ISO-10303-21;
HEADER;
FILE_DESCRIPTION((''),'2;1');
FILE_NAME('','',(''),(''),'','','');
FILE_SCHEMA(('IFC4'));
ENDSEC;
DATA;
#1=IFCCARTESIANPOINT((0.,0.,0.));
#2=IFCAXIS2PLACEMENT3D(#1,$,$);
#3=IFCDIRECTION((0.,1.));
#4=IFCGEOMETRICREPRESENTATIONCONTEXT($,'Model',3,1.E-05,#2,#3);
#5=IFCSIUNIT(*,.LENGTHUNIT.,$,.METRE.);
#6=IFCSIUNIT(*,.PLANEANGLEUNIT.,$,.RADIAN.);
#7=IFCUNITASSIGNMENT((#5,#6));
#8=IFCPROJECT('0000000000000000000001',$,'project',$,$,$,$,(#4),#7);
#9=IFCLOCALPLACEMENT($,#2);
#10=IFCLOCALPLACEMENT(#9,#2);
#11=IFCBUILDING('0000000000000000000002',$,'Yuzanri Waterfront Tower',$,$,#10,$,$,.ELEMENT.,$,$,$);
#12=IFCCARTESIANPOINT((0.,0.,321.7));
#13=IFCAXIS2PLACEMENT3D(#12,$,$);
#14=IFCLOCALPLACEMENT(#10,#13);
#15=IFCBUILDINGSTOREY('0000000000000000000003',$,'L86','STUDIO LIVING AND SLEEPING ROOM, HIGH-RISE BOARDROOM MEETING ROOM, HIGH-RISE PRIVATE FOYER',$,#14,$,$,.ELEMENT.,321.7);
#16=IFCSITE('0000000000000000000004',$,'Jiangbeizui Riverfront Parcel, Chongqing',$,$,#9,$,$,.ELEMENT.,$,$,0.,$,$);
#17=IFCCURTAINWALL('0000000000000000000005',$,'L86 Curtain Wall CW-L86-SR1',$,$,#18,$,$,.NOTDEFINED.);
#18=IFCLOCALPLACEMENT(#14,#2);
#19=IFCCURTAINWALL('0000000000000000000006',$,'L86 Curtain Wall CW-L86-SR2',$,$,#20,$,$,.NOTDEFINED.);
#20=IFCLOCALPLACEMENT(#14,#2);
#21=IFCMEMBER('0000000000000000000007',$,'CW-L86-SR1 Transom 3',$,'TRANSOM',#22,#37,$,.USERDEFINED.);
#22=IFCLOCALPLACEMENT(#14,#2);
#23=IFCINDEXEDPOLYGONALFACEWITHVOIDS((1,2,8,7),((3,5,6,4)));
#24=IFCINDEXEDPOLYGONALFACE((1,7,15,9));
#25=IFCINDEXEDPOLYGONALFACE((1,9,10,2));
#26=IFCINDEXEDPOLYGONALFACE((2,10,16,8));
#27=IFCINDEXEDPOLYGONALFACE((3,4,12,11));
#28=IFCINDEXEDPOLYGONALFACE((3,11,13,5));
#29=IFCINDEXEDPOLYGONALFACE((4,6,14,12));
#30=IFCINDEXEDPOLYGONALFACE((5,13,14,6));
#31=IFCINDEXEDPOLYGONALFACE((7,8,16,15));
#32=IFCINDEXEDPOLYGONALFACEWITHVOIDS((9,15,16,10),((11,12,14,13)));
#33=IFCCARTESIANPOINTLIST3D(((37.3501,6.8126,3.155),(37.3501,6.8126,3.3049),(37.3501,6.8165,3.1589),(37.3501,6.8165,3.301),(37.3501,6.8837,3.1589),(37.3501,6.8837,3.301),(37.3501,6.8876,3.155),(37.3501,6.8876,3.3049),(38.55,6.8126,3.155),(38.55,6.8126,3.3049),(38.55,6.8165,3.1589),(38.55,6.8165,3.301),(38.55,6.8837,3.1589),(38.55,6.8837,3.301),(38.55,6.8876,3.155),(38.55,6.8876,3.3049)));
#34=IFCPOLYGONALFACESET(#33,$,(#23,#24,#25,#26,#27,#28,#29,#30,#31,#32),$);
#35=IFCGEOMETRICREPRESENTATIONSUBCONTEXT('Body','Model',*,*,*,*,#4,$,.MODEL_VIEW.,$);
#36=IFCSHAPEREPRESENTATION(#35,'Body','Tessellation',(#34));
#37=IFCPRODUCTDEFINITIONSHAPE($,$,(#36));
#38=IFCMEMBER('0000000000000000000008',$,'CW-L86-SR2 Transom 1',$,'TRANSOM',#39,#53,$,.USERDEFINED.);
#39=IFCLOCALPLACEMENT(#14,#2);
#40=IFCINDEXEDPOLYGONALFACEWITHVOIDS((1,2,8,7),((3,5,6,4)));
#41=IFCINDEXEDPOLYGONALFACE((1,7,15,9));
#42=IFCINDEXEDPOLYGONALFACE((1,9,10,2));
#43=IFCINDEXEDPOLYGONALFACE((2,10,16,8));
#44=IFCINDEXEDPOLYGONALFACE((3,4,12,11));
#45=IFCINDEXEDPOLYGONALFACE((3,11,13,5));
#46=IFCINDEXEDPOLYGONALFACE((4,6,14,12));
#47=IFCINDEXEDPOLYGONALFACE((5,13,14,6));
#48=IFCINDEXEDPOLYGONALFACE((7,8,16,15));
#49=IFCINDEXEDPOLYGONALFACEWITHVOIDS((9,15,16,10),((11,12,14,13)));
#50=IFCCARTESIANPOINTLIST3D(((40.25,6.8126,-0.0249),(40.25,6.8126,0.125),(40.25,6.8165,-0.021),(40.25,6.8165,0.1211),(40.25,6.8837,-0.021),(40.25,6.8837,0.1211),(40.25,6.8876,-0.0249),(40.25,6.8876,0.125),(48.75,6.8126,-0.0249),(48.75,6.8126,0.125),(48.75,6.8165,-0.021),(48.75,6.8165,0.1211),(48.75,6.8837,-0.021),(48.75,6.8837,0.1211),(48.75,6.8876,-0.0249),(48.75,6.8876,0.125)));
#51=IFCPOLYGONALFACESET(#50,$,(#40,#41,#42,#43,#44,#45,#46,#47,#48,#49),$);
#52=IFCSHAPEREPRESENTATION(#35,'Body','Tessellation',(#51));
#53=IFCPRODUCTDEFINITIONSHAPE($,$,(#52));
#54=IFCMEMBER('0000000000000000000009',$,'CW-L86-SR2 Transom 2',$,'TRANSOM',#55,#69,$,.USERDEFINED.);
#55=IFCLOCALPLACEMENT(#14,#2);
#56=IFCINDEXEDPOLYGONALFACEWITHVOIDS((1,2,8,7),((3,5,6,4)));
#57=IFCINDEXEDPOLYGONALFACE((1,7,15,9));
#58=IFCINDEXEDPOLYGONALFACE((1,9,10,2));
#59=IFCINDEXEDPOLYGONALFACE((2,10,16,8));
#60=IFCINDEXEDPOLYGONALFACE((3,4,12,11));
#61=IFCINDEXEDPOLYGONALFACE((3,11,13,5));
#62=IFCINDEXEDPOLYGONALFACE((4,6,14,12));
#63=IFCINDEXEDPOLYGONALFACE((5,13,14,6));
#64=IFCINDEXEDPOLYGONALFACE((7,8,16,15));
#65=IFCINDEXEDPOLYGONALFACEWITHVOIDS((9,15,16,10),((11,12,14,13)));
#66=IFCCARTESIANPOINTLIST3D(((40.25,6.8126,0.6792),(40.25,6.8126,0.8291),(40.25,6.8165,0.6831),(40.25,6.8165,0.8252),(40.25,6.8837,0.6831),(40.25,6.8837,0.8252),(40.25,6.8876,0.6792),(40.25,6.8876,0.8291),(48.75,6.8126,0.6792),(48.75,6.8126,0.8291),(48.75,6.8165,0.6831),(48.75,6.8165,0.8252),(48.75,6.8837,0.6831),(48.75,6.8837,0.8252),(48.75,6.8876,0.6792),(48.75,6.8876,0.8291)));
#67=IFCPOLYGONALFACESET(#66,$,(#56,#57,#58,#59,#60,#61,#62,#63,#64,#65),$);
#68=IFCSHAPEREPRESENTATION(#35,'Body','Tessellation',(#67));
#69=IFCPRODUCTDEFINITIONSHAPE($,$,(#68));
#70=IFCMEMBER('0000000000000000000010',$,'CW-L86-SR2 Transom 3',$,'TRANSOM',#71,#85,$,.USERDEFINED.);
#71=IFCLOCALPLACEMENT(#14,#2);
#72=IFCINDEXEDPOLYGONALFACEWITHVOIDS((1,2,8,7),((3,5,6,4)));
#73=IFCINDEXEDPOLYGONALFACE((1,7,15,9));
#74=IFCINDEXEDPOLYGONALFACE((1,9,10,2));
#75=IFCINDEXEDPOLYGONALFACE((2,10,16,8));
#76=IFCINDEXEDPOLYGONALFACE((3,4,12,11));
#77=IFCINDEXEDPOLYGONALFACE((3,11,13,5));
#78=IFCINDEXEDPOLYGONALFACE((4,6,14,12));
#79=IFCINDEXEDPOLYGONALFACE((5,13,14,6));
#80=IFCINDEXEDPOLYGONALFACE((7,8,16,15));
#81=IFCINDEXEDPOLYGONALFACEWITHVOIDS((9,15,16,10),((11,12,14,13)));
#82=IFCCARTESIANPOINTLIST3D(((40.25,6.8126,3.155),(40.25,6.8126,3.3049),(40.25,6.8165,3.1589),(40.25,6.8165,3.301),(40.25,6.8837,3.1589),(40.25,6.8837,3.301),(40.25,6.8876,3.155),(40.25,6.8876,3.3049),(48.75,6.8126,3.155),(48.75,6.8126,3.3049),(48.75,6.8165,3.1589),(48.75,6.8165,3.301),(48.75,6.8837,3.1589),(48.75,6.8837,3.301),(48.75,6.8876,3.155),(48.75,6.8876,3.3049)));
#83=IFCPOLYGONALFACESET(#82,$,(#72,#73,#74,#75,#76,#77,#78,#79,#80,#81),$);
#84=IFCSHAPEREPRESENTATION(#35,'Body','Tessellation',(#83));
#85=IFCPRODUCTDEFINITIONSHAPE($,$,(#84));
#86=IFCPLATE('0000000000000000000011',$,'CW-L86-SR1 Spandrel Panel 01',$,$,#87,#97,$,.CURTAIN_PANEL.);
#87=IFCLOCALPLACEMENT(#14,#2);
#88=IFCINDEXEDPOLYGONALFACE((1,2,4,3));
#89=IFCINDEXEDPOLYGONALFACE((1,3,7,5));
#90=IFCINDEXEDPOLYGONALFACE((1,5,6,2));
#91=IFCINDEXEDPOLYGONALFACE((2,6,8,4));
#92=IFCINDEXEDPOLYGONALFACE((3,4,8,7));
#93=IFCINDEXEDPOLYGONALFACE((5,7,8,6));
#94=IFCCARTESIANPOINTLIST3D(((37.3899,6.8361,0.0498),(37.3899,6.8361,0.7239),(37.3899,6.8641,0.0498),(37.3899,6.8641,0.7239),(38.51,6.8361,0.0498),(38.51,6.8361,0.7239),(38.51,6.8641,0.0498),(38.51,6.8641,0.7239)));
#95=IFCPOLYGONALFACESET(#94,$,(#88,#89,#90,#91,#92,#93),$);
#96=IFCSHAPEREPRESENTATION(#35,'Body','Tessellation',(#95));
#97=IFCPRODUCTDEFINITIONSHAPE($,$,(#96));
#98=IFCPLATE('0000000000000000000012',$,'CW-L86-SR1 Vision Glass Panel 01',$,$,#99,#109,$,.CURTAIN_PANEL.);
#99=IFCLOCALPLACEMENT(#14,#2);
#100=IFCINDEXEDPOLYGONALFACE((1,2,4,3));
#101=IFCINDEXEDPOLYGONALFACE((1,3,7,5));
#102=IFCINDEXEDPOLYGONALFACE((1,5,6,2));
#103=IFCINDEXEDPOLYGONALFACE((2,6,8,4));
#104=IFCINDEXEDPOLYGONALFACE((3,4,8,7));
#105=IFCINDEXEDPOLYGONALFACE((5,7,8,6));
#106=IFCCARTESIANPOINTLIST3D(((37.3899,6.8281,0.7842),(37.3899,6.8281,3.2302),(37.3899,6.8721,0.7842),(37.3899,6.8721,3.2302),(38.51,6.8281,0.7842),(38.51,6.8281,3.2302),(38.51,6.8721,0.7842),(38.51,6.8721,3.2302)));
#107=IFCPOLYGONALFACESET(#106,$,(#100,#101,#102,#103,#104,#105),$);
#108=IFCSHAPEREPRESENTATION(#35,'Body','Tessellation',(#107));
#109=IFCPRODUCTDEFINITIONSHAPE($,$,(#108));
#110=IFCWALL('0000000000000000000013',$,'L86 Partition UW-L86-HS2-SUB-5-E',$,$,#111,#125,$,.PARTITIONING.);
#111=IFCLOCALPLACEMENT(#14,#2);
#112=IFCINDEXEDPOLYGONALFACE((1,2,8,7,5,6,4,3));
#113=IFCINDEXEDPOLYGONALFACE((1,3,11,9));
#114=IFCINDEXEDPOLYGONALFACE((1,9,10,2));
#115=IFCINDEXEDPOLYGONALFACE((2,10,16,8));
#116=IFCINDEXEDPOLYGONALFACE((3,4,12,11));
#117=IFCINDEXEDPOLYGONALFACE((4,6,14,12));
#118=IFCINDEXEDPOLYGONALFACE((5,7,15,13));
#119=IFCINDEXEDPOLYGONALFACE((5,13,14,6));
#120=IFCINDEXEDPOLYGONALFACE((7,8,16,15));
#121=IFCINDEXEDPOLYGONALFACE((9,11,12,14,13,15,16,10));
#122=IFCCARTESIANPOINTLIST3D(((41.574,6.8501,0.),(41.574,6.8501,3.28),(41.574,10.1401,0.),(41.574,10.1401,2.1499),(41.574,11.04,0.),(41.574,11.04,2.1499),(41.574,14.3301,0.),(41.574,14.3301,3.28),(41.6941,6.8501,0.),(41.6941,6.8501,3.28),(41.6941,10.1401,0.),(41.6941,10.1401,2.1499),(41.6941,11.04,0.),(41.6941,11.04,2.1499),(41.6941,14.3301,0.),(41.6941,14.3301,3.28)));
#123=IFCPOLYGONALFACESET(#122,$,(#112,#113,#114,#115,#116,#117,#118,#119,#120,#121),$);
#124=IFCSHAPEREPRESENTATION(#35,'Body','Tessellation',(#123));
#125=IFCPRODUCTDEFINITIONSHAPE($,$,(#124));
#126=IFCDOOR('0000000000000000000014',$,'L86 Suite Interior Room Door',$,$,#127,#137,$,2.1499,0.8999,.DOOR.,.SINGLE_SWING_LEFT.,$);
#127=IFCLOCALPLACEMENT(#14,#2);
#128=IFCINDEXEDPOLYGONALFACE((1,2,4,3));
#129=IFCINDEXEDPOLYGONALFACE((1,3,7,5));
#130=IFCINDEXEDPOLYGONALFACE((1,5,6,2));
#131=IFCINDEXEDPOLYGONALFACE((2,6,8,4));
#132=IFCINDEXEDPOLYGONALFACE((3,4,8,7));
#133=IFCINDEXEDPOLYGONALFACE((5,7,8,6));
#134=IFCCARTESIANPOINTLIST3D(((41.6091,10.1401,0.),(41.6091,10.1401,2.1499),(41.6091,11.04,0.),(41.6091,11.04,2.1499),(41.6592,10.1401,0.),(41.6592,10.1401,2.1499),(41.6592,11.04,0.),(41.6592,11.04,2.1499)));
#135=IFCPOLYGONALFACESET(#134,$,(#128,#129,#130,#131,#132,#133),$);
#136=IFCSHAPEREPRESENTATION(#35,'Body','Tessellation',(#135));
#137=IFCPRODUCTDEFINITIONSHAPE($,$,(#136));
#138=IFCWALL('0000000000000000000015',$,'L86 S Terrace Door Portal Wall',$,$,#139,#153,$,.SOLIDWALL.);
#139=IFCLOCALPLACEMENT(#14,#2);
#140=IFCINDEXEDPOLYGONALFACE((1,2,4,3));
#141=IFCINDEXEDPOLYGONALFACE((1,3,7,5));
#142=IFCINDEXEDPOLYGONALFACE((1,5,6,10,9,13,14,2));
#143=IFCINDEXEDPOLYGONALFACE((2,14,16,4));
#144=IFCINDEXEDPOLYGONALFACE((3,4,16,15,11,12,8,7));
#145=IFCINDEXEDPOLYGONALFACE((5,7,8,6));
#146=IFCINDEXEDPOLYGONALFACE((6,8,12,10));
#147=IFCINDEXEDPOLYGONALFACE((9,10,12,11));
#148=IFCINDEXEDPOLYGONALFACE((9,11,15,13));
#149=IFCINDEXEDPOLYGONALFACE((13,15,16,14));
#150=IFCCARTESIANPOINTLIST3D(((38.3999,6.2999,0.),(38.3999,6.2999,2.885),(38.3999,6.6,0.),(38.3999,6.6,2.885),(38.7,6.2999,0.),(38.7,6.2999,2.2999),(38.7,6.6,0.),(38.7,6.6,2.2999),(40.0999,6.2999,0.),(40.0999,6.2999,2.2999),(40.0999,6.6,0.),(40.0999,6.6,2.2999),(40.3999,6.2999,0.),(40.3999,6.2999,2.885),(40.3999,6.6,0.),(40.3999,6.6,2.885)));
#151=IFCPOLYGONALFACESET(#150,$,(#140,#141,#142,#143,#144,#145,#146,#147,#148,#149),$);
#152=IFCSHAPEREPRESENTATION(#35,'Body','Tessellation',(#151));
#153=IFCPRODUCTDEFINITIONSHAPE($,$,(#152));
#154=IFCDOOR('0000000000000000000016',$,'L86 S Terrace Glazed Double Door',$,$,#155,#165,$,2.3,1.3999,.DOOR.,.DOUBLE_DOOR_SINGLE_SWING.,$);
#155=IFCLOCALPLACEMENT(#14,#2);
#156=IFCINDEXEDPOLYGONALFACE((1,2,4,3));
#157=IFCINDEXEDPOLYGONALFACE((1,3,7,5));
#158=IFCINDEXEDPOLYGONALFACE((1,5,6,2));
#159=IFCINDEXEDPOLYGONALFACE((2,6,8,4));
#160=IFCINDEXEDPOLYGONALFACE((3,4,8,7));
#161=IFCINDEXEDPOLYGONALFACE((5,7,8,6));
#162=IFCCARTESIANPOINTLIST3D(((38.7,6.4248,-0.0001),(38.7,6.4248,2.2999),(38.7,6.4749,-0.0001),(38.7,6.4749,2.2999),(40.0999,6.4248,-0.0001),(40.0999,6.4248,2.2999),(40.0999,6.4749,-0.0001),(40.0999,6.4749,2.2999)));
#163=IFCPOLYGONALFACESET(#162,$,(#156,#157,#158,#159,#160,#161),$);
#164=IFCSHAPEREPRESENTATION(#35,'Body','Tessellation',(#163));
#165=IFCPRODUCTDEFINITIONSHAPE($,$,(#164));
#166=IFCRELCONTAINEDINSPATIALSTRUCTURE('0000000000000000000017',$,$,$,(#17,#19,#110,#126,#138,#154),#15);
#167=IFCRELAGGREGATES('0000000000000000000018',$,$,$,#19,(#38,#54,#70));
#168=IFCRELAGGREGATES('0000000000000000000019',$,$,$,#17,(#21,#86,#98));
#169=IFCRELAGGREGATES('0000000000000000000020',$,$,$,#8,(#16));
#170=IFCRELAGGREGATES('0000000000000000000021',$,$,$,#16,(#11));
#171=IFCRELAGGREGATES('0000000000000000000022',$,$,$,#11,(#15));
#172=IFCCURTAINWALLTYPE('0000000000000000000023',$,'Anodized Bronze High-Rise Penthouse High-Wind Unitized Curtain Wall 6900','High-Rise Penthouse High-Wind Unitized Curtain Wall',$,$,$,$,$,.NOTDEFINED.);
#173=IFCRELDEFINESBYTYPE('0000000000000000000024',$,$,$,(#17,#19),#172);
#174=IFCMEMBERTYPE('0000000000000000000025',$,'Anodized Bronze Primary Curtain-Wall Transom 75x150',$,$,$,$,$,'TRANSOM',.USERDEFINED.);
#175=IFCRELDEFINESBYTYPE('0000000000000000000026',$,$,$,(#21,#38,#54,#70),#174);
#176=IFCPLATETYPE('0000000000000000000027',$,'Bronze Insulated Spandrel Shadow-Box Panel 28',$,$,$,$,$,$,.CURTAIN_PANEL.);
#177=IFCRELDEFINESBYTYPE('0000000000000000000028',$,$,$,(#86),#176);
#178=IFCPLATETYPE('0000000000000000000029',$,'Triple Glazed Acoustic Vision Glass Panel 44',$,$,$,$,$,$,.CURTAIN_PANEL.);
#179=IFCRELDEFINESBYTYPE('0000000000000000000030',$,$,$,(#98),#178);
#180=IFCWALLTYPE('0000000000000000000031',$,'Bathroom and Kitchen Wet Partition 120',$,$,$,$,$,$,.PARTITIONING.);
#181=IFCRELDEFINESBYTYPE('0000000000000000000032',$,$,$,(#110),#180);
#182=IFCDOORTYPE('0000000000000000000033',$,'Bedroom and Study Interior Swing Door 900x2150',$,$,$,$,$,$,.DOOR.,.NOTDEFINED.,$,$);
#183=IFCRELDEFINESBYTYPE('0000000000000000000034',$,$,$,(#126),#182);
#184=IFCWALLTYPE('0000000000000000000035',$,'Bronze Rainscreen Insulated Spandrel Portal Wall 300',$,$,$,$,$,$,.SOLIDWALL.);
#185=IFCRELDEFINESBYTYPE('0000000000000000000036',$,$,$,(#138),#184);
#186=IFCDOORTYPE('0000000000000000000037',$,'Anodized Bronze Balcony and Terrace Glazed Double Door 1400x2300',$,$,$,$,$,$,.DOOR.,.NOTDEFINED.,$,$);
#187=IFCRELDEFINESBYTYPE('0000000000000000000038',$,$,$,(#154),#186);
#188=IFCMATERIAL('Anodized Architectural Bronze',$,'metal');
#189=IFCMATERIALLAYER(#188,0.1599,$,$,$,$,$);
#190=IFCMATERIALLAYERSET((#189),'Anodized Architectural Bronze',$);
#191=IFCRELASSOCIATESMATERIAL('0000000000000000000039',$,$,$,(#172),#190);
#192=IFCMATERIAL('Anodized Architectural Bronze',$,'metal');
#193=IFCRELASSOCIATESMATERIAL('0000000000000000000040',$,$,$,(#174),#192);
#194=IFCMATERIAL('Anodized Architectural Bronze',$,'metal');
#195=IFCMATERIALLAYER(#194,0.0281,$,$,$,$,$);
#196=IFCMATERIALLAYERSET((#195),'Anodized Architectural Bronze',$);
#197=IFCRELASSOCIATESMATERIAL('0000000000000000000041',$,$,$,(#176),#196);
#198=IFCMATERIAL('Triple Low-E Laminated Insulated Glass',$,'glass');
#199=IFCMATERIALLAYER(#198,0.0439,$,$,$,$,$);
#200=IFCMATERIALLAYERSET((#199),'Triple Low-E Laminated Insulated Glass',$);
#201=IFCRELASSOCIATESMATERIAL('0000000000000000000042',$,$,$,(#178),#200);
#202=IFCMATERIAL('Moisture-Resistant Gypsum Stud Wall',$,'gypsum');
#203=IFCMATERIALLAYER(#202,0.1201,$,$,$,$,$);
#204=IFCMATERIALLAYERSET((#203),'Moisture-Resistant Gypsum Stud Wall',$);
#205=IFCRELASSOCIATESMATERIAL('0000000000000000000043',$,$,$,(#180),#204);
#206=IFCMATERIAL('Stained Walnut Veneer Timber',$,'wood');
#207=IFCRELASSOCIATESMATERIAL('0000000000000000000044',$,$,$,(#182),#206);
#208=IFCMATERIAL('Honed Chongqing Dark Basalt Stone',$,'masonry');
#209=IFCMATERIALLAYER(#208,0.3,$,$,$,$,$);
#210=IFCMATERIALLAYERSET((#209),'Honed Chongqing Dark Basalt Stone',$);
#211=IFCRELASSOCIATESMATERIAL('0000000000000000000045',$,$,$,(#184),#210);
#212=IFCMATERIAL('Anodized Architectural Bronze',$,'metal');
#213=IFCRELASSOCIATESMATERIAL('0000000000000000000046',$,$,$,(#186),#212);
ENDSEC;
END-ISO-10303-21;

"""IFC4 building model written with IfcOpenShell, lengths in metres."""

from ifc_helpers import new_model, si_unit, direction, frame, frame_2d, origin, origin_2d, place, context, subcontext, project, spatial, rectangle, hollow_rectangle, extrude, source, transform, mapped, material, layer, layer_set, material_profile, profile_set, type_object, element, fill, aggregate, save


model = new_model("IFC4")

# Units and contexts
model_context = context("Model", 3, precision=1e-05, world=origin(), true_north=direction((0.0, 1.0)))
body_context = subcontext(model_context, "Body", "Model", "MODEL_VIEW")
ifc_project = project(units=[si_unit("LENGTHUNIT", "METRE"), si_unit("PLANEANGLEUNIT", "RADIAN")], contexts=[model_context])

# Site, building, storey
site_placement = place(None, origin())
site = spatial("IfcSite", under=ifc_project, at=site_placement, Name="Jiangbeizui Riverfront Parcel, Chongqing", CompositionType="ELEMENT", RefElevation=0.0)
building_placement = place(site_placement, origin())
building = spatial("IfcBuilding", under=site, at=building_placement, Name="Yuzanri Waterfront Tower", CompositionType="ELEMENT")
storey_placement = place(building_placement, frame((0.0, 0.0, 321.7)))
storey = spatial("IfcBuildingStorey", under=building, at=storey_placement, Name="L86", Description="STUDIO LIVING AND SLEEPING ROOM, HIGH-RISE BOARDROOM MEETING ROOM, HIGH-RISE PRIVATE FOYER", CompositionType="ELEMENT", Elevation=321.7)

# Curtain wall
ifc_material_1 = material(Name="Anodized Architectural Bronze", Category="metal")
ifc_layer_1 = layer(ifc_material_1, 0.1599)
ifc_layer_set_1 = layer_set([ifc_layer_1], Name="Anodized Architectural Bronze")
curtain_wall_type = type_object("IfcCurtainWallType", Name="Anodized Bronze High-Rise Penthouse High-Wind Unitized Curtain Wall 6900", Description="High-Rise Penthouse High-Wind Unitized Curtain Wall", PredefinedType="NOTDEFINED", material=ifc_layer_set_1)
curtain_wall_1_placement = place(storey_placement, origin())
curtain_wall_1 = element("IfcCurtainWall", 1, at=curtain_wall_1_placement, inside=storey, type_object=curtain_wall_type, Name="L86 Curtain Wall CW-L86-SR1", PredefinedType="NOTDEFINED")

# Curtain wall
curtain_wall_2_placement = place(storey_placement, origin())
curtain_wall_2 = element("IfcCurtainWall", 2, at=curtain_wall_2_placement, inside=storey, type_object=curtain_wall_type, Name="L86 Curtain Wall CW-L86-SR2", PredefinedType="NOTDEFINED")

# Members
ifc_material_2 = material(Name="Anodized Architectural Bronze", Category="metal")
ifc_material_profile_1 = material_profile(ifc_material_2, hollow_rectangle(XDim=0.075, YDim=0.1499, WallThickness=0.0039, at=origin_2d()), Name="CWT 75x150")
ifc_profile_set_1 = profile_set([ifc_material_profile_1], Name="Anodized Architectural Bronze")
member_type_1 = type_object("IfcMemberType", Name="Anodized Bronze Primary Curtain-Wall Transom 75x150", ElementType="TRANSOM", PredefinedType="USERDEFINED", material=ifc_profile_set_1)
shared_shape_1 = source(origin(), body_context, "Body", "SweptSolid", [
    extrude(hollow_rectangle(XDim=0.075, YDim=0.1499, WallThickness=0.0039, at=origin_2d()), origin(), (0.0, 0.0, 1.0), 1.2),
])
member_1_placement = place(storey_placement, frame((37.3501, 6.8501, 3.23), z_axis=(1.0, 0.0, 0.0), x_axis=(0.0, 1.0, 0.0)))
member_1 = element("IfcMember", 3, at=member_1_placement, type_object=member_type_1, Name="CW-L86-SR1 Transom 3", ObjectType="TRANSOM", PredefinedType="USERDEFINED", context=body_context, shape_type="MappedRepresentation", body=[
    mapped(shared_shape_1, transform((0.0, 0.0, 0.0), scale=1.0)),
])
shared_shape_2 = source(origin(), body_context, "Body", "SweptSolid", [
    extrude(hollow_rectangle(XDim=0.075, YDim=0.1499, WallThickness=0.0039, at=origin_2d()), origin(), (0.0, 0.0, 1.0), 8.5),
])
member_2_placement = place(storey_placement, frame((40.25, 6.8501, 0.05), z_axis=(1.0, 0.0, 0.0), x_axis=(0.0, 1.0, 0.0)))
member_2 = element("IfcMember", 4, at=member_2_placement, type_object=member_type_1, Name="CW-L86-SR2 Transom 1", ObjectType="TRANSOM", PredefinedType="USERDEFINED", context=body_context, shape_type="MappedRepresentation", body=[
    mapped(shared_shape_2, transform((0.0, 0.0, 0.0), scale=1.0)),
])
member_3_placement = place(storey_placement, frame((40.25, 6.8501, 0.7542), z_axis=(1.0, 0.0, 0.0), x_axis=(0.0, 1.0, 0.0)))
member_3 = element("IfcMember", 5, at=member_3_placement, type_object=member_type_1, Name="CW-L86-SR2 Transom 2", ObjectType="TRANSOM", PredefinedType="USERDEFINED", context=body_context, shape_type="MappedRepresentation", body=[
    mapped(shared_shape_2, transform((0.0, 0.0, 0.0), scale=1.0)),
])
member_4_placement = place(storey_placement, frame((40.25, 6.8501, 3.23), z_axis=(1.0, 0.0, 0.0), x_axis=(0.0, 1.0, 0.0)))
member_4 = element("IfcMember", 6, at=member_4_placement, type_object=member_type_1, Name="CW-L86-SR2 Transom 3", ObjectType="TRANSOM", PredefinedType="USERDEFINED", context=body_context, shape_type="MappedRepresentation", body=[
    mapped(shared_shape_2, transform((0.0, 0.0, 0.0), scale=1.0)),
])
aggregate(curtain_wall_2, [member_2, member_3, member_4])

# Plates
ifc_material_3 = material(Name="Anodized Architectural Bronze", Category="metal")
ifc_layer_2 = layer(ifc_material_3, 0.0281)
ifc_layer_set_2 = layer_set([ifc_layer_2], Name="Anodized Architectural Bronze")
plate_type_1 = type_object("IfcPlateType", Name="Bronze Insulated Spandrel Shadow-Box Panel 28", PredefinedType="CURTAIN_PANEL", material=ifc_layer_set_2)
shared_shape_3 = source(origin(), body_context, "Body", "SweptSolid", [
    extrude(rectangle(XDim=1.1201, YDim=0.0281, at=origin_2d()), origin(), (0.0, 0.0, 1.0), 0.6741),
])
plate_1_placement = place(storey_placement, frame((37.95, 6.8501, 0.0498), z_axis=(0.0, 0.0, 1.0), x_axis=(1.0, 0.0, 0.0)))
plate_1 = element("IfcPlate", 7, at=plate_1_placement, type_object=plate_type_1, Name="CW-L86-SR1 Spandrel Panel 01", PredefinedType="CURTAIN_PANEL", context=body_context, shape_type="MappedRepresentation", body=[
    mapped(shared_shape_3, transform((0.0, 0.0, 0.0), scale=1.0)),
])
ifc_material_4 = material(Name="Triple Low-E Laminated Insulated Glass", Category="glass")
ifc_layer_3 = layer(ifc_material_4, 0.0439)
ifc_layer_set_3 = layer_set([ifc_layer_3], Name="Triple Low-E Laminated Insulated Glass")
plate_type_2 = type_object("IfcPlateType", Name="Triple Glazed Acoustic Vision Glass Panel 44", PredefinedType="CURTAIN_PANEL", material=ifc_layer_set_3)
shared_shape_4 = source(origin(), body_context, "Body", "SweptSolid", [
    extrude(rectangle(XDim=1.1201, YDim=0.0439, at=origin_2d()), origin(), (0.0, 0.0, 1.0), 2.446),
])
plate_2_placement = place(storey_placement, frame((37.95, 6.8501, 0.7842), z_axis=(0.0, 0.0, 1.0), x_axis=(1.0, 0.0, 0.0)))
plate_2 = element("IfcPlate", 8, at=plate_2_placement, type_object=plate_type_2, Name="CW-L86-SR1 Vision Glass Panel 01", PredefinedType="CURTAIN_PANEL", context=body_context, shape_type="MappedRepresentation", body=[
    mapped(shared_shape_4, transform((0.0, 0.0, 0.0), scale=1.0)),
])
aggregate(curtain_wall_1, [member_1, plate_1, plate_2])

# Walls, openings, doors
ifc_material_5 = material(Name="Moisture-Resistant Gypsum Stud Wall", Category="gypsum")
ifc_layer_4 = layer(ifc_material_5, 0.1201)
ifc_layer_set_4 = layer_set([ifc_layer_4], Name="Moisture-Resistant Gypsum Stud Wall")
wall_type_1 = type_object("IfcWallType", Name="Bathroom and Kitchen Wet Partition 120", PredefinedType="PARTITIONING", material=ifc_layer_set_4)
wall_1_placement = place(storey_placement, frame((41.634, 6.8501, 0.0), z_axis=(0.0, 0.0, 1.0), x_axis=(0.0, 1.0, 0.0)))
wall_1 = element("IfcWall", 9, at=wall_1_placement, inside=storey, type_object=wall_type_1, Name="L86 Partition UW-L86-HS2-SUB-5-E", PredefinedType="PARTITIONING", context=body_context, shape_type="SweptSolid", body=[
    extrude(rectangle(XDim=7.48, YDim=0.1201, at=frame_2d((3.74, 0.0))), origin(), (0.0, 0.0, 1.0), 3.28),
])
opening_1_placement = place(wall_1_placement, frame((3.29, 0.0, 0.0)))
opening_1 = element("IfcOpeningElement", 10, at=opening_1_placement, cuts=wall_1, PredefinedType="OPENING", context=body_context, shape_type="SweptSolid", body=[
    extrude(rectangle(XDim=0.8999, YDim=2.1499, at=frame_2d((0.45, 1.075))), frame((0.0, 0.075, 0.0), z_axis=(0.0, -1.0, 0.0), x_axis=(1.0, 0.0, 0.0)), (0.0, 0.0, 1.0), 0.1499),
])
ifc_material_6 = material(Name="Stained Walnut Veneer Timber", Category="wood")
door_type_1 = type_object("IfcDoorType", Name="Bedroom and Study Interior Swing Door 900x2150", OperationType="NOTDEFINED", PredefinedType="DOOR", material=ifc_material_6)
shared_shape_5 = source(origin(), body_context, "Body", "SweptSolid", [
    extrude(rectangle(XDim=0.8999, YDim=2.1499, at=frame_2d((0.45, 1.075))), frame((0.0, 0.0249, 0.0), z_axis=(0.0, -1.0, 0.0), x_axis=(1.0, 0.0, 0.0)), (0.0, 0.0, 1.0), 0.05),
])
door_1_placement = place(opening_1_placement, origin())
door_1 = element("IfcDoor", 11, at=door_1_placement, inside=storey, type_object=door_type_1, Name="L86 Suite Interior Room Door", OperationType="SINGLE_SWING_LEFT", OverallHeight=2.1499, OverallWidth=0.8999, PredefinedType="DOOR", context=body_context, shape_type="MappedRepresentation", body=[
    mapped(shared_shape_5, transform((0.0, 0.0, 0.0), scale=1.0)),
])
fill(opening_1, door_1)
ifc_material_7 = material(Name="Honed Chongqing Dark Basalt Stone", Category="masonry")
ifc_layer_5 = layer(ifc_material_7, 0.3)
ifc_layer_set_5 = layer_set([ifc_layer_5], Name="Honed Chongqing Dark Basalt Stone")
wall_type_2 = type_object("IfcWallType", Name="Bronze Rainscreen Insulated Spandrel Portal Wall 300", PredefinedType="SOLIDWALL", material=ifc_layer_set_5)
wall_2_placement = place(storey_placement, frame((38.3999, 6.45, 0.0), z_axis=(0.0, 0.0, 1.0), x_axis=(1.0, 0.0, 0.0)))
wall_2 = element("IfcWall", 12, at=wall_2_placement, inside=storey, type_object=wall_type_2, Name="L86 S Terrace Door Portal Wall", PredefinedType="SOLIDWALL", context=body_context, shape_type="SweptSolid", body=[
    extrude(rectangle(XDim=2.0, YDim=0.3, at=frame_2d((1.0, 0.0))), origin(), (0.0, 0.0, 1.0), 2.885),
])
opening_2_placement = place(wall_2_placement, frame((0.3, 0.0, 0.0)))
opening_2 = element("IfcOpeningElement", 13, at=opening_2_placement, cuts=wall_2, PredefinedType="OPENING", context=body_context, shape_type="SweptSolid", body=[
    extrude(rectangle(XDim=1.3999, YDim=2.3, at=frame_2d((0.7, 1.1499))), frame((0.0, 0.165, 0.0), z_axis=(0.0, -1.0, 0.0), x_axis=(1.0, 0.0, 0.0)), (0.0, 0.0, 1.0), 0.3298),
])
ifc_material_8 = material(Name="Anodized Architectural Bronze", Category="metal")
door_type_2 = type_object("IfcDoorType", Name="Anodized Bronze Balcony and Terrace Glazed Double Door 1400x2300", OperationType="NOTDEFINED", PredefinedType="DOOR", material=ifc_material_8)
shared_shape_6 = source(origin(), body_context, "Body", "SweptSolid", [
    extrude(rectangle(XDim=1.3999, YDim=2.3, at=frame_2d((0.7, 1.1499))), frame((0.0, 0.0249, 0.0), z_axis=(0.0, -1.0, 0.0), x_axis=(1.0, 0.0, 0.0)), (0.0, 0.0, 1.0), 0.05),
])
door_2_placement = place(opening_2_placement, origin())
door_2 = element("IfcDoor", 14, at=door_2_placement, inside=storey, type_object=door_type_2, Name="L86 S Terrace Glazed Double Door", OperationType="DOUBLE_DOOR_SINGLE_SWING", OverallHeight=2.3, OverallWidth=1.3999, PredefinedType="DOOR", context=body_context, shape_type="MappedRepresentation", body=[
    mapped(shared_shape_6, transform((0.0, 0.0, 0.0), scale=1.0)),
])
fill(opening_2, door_2)

save(model, "model.ifc")
